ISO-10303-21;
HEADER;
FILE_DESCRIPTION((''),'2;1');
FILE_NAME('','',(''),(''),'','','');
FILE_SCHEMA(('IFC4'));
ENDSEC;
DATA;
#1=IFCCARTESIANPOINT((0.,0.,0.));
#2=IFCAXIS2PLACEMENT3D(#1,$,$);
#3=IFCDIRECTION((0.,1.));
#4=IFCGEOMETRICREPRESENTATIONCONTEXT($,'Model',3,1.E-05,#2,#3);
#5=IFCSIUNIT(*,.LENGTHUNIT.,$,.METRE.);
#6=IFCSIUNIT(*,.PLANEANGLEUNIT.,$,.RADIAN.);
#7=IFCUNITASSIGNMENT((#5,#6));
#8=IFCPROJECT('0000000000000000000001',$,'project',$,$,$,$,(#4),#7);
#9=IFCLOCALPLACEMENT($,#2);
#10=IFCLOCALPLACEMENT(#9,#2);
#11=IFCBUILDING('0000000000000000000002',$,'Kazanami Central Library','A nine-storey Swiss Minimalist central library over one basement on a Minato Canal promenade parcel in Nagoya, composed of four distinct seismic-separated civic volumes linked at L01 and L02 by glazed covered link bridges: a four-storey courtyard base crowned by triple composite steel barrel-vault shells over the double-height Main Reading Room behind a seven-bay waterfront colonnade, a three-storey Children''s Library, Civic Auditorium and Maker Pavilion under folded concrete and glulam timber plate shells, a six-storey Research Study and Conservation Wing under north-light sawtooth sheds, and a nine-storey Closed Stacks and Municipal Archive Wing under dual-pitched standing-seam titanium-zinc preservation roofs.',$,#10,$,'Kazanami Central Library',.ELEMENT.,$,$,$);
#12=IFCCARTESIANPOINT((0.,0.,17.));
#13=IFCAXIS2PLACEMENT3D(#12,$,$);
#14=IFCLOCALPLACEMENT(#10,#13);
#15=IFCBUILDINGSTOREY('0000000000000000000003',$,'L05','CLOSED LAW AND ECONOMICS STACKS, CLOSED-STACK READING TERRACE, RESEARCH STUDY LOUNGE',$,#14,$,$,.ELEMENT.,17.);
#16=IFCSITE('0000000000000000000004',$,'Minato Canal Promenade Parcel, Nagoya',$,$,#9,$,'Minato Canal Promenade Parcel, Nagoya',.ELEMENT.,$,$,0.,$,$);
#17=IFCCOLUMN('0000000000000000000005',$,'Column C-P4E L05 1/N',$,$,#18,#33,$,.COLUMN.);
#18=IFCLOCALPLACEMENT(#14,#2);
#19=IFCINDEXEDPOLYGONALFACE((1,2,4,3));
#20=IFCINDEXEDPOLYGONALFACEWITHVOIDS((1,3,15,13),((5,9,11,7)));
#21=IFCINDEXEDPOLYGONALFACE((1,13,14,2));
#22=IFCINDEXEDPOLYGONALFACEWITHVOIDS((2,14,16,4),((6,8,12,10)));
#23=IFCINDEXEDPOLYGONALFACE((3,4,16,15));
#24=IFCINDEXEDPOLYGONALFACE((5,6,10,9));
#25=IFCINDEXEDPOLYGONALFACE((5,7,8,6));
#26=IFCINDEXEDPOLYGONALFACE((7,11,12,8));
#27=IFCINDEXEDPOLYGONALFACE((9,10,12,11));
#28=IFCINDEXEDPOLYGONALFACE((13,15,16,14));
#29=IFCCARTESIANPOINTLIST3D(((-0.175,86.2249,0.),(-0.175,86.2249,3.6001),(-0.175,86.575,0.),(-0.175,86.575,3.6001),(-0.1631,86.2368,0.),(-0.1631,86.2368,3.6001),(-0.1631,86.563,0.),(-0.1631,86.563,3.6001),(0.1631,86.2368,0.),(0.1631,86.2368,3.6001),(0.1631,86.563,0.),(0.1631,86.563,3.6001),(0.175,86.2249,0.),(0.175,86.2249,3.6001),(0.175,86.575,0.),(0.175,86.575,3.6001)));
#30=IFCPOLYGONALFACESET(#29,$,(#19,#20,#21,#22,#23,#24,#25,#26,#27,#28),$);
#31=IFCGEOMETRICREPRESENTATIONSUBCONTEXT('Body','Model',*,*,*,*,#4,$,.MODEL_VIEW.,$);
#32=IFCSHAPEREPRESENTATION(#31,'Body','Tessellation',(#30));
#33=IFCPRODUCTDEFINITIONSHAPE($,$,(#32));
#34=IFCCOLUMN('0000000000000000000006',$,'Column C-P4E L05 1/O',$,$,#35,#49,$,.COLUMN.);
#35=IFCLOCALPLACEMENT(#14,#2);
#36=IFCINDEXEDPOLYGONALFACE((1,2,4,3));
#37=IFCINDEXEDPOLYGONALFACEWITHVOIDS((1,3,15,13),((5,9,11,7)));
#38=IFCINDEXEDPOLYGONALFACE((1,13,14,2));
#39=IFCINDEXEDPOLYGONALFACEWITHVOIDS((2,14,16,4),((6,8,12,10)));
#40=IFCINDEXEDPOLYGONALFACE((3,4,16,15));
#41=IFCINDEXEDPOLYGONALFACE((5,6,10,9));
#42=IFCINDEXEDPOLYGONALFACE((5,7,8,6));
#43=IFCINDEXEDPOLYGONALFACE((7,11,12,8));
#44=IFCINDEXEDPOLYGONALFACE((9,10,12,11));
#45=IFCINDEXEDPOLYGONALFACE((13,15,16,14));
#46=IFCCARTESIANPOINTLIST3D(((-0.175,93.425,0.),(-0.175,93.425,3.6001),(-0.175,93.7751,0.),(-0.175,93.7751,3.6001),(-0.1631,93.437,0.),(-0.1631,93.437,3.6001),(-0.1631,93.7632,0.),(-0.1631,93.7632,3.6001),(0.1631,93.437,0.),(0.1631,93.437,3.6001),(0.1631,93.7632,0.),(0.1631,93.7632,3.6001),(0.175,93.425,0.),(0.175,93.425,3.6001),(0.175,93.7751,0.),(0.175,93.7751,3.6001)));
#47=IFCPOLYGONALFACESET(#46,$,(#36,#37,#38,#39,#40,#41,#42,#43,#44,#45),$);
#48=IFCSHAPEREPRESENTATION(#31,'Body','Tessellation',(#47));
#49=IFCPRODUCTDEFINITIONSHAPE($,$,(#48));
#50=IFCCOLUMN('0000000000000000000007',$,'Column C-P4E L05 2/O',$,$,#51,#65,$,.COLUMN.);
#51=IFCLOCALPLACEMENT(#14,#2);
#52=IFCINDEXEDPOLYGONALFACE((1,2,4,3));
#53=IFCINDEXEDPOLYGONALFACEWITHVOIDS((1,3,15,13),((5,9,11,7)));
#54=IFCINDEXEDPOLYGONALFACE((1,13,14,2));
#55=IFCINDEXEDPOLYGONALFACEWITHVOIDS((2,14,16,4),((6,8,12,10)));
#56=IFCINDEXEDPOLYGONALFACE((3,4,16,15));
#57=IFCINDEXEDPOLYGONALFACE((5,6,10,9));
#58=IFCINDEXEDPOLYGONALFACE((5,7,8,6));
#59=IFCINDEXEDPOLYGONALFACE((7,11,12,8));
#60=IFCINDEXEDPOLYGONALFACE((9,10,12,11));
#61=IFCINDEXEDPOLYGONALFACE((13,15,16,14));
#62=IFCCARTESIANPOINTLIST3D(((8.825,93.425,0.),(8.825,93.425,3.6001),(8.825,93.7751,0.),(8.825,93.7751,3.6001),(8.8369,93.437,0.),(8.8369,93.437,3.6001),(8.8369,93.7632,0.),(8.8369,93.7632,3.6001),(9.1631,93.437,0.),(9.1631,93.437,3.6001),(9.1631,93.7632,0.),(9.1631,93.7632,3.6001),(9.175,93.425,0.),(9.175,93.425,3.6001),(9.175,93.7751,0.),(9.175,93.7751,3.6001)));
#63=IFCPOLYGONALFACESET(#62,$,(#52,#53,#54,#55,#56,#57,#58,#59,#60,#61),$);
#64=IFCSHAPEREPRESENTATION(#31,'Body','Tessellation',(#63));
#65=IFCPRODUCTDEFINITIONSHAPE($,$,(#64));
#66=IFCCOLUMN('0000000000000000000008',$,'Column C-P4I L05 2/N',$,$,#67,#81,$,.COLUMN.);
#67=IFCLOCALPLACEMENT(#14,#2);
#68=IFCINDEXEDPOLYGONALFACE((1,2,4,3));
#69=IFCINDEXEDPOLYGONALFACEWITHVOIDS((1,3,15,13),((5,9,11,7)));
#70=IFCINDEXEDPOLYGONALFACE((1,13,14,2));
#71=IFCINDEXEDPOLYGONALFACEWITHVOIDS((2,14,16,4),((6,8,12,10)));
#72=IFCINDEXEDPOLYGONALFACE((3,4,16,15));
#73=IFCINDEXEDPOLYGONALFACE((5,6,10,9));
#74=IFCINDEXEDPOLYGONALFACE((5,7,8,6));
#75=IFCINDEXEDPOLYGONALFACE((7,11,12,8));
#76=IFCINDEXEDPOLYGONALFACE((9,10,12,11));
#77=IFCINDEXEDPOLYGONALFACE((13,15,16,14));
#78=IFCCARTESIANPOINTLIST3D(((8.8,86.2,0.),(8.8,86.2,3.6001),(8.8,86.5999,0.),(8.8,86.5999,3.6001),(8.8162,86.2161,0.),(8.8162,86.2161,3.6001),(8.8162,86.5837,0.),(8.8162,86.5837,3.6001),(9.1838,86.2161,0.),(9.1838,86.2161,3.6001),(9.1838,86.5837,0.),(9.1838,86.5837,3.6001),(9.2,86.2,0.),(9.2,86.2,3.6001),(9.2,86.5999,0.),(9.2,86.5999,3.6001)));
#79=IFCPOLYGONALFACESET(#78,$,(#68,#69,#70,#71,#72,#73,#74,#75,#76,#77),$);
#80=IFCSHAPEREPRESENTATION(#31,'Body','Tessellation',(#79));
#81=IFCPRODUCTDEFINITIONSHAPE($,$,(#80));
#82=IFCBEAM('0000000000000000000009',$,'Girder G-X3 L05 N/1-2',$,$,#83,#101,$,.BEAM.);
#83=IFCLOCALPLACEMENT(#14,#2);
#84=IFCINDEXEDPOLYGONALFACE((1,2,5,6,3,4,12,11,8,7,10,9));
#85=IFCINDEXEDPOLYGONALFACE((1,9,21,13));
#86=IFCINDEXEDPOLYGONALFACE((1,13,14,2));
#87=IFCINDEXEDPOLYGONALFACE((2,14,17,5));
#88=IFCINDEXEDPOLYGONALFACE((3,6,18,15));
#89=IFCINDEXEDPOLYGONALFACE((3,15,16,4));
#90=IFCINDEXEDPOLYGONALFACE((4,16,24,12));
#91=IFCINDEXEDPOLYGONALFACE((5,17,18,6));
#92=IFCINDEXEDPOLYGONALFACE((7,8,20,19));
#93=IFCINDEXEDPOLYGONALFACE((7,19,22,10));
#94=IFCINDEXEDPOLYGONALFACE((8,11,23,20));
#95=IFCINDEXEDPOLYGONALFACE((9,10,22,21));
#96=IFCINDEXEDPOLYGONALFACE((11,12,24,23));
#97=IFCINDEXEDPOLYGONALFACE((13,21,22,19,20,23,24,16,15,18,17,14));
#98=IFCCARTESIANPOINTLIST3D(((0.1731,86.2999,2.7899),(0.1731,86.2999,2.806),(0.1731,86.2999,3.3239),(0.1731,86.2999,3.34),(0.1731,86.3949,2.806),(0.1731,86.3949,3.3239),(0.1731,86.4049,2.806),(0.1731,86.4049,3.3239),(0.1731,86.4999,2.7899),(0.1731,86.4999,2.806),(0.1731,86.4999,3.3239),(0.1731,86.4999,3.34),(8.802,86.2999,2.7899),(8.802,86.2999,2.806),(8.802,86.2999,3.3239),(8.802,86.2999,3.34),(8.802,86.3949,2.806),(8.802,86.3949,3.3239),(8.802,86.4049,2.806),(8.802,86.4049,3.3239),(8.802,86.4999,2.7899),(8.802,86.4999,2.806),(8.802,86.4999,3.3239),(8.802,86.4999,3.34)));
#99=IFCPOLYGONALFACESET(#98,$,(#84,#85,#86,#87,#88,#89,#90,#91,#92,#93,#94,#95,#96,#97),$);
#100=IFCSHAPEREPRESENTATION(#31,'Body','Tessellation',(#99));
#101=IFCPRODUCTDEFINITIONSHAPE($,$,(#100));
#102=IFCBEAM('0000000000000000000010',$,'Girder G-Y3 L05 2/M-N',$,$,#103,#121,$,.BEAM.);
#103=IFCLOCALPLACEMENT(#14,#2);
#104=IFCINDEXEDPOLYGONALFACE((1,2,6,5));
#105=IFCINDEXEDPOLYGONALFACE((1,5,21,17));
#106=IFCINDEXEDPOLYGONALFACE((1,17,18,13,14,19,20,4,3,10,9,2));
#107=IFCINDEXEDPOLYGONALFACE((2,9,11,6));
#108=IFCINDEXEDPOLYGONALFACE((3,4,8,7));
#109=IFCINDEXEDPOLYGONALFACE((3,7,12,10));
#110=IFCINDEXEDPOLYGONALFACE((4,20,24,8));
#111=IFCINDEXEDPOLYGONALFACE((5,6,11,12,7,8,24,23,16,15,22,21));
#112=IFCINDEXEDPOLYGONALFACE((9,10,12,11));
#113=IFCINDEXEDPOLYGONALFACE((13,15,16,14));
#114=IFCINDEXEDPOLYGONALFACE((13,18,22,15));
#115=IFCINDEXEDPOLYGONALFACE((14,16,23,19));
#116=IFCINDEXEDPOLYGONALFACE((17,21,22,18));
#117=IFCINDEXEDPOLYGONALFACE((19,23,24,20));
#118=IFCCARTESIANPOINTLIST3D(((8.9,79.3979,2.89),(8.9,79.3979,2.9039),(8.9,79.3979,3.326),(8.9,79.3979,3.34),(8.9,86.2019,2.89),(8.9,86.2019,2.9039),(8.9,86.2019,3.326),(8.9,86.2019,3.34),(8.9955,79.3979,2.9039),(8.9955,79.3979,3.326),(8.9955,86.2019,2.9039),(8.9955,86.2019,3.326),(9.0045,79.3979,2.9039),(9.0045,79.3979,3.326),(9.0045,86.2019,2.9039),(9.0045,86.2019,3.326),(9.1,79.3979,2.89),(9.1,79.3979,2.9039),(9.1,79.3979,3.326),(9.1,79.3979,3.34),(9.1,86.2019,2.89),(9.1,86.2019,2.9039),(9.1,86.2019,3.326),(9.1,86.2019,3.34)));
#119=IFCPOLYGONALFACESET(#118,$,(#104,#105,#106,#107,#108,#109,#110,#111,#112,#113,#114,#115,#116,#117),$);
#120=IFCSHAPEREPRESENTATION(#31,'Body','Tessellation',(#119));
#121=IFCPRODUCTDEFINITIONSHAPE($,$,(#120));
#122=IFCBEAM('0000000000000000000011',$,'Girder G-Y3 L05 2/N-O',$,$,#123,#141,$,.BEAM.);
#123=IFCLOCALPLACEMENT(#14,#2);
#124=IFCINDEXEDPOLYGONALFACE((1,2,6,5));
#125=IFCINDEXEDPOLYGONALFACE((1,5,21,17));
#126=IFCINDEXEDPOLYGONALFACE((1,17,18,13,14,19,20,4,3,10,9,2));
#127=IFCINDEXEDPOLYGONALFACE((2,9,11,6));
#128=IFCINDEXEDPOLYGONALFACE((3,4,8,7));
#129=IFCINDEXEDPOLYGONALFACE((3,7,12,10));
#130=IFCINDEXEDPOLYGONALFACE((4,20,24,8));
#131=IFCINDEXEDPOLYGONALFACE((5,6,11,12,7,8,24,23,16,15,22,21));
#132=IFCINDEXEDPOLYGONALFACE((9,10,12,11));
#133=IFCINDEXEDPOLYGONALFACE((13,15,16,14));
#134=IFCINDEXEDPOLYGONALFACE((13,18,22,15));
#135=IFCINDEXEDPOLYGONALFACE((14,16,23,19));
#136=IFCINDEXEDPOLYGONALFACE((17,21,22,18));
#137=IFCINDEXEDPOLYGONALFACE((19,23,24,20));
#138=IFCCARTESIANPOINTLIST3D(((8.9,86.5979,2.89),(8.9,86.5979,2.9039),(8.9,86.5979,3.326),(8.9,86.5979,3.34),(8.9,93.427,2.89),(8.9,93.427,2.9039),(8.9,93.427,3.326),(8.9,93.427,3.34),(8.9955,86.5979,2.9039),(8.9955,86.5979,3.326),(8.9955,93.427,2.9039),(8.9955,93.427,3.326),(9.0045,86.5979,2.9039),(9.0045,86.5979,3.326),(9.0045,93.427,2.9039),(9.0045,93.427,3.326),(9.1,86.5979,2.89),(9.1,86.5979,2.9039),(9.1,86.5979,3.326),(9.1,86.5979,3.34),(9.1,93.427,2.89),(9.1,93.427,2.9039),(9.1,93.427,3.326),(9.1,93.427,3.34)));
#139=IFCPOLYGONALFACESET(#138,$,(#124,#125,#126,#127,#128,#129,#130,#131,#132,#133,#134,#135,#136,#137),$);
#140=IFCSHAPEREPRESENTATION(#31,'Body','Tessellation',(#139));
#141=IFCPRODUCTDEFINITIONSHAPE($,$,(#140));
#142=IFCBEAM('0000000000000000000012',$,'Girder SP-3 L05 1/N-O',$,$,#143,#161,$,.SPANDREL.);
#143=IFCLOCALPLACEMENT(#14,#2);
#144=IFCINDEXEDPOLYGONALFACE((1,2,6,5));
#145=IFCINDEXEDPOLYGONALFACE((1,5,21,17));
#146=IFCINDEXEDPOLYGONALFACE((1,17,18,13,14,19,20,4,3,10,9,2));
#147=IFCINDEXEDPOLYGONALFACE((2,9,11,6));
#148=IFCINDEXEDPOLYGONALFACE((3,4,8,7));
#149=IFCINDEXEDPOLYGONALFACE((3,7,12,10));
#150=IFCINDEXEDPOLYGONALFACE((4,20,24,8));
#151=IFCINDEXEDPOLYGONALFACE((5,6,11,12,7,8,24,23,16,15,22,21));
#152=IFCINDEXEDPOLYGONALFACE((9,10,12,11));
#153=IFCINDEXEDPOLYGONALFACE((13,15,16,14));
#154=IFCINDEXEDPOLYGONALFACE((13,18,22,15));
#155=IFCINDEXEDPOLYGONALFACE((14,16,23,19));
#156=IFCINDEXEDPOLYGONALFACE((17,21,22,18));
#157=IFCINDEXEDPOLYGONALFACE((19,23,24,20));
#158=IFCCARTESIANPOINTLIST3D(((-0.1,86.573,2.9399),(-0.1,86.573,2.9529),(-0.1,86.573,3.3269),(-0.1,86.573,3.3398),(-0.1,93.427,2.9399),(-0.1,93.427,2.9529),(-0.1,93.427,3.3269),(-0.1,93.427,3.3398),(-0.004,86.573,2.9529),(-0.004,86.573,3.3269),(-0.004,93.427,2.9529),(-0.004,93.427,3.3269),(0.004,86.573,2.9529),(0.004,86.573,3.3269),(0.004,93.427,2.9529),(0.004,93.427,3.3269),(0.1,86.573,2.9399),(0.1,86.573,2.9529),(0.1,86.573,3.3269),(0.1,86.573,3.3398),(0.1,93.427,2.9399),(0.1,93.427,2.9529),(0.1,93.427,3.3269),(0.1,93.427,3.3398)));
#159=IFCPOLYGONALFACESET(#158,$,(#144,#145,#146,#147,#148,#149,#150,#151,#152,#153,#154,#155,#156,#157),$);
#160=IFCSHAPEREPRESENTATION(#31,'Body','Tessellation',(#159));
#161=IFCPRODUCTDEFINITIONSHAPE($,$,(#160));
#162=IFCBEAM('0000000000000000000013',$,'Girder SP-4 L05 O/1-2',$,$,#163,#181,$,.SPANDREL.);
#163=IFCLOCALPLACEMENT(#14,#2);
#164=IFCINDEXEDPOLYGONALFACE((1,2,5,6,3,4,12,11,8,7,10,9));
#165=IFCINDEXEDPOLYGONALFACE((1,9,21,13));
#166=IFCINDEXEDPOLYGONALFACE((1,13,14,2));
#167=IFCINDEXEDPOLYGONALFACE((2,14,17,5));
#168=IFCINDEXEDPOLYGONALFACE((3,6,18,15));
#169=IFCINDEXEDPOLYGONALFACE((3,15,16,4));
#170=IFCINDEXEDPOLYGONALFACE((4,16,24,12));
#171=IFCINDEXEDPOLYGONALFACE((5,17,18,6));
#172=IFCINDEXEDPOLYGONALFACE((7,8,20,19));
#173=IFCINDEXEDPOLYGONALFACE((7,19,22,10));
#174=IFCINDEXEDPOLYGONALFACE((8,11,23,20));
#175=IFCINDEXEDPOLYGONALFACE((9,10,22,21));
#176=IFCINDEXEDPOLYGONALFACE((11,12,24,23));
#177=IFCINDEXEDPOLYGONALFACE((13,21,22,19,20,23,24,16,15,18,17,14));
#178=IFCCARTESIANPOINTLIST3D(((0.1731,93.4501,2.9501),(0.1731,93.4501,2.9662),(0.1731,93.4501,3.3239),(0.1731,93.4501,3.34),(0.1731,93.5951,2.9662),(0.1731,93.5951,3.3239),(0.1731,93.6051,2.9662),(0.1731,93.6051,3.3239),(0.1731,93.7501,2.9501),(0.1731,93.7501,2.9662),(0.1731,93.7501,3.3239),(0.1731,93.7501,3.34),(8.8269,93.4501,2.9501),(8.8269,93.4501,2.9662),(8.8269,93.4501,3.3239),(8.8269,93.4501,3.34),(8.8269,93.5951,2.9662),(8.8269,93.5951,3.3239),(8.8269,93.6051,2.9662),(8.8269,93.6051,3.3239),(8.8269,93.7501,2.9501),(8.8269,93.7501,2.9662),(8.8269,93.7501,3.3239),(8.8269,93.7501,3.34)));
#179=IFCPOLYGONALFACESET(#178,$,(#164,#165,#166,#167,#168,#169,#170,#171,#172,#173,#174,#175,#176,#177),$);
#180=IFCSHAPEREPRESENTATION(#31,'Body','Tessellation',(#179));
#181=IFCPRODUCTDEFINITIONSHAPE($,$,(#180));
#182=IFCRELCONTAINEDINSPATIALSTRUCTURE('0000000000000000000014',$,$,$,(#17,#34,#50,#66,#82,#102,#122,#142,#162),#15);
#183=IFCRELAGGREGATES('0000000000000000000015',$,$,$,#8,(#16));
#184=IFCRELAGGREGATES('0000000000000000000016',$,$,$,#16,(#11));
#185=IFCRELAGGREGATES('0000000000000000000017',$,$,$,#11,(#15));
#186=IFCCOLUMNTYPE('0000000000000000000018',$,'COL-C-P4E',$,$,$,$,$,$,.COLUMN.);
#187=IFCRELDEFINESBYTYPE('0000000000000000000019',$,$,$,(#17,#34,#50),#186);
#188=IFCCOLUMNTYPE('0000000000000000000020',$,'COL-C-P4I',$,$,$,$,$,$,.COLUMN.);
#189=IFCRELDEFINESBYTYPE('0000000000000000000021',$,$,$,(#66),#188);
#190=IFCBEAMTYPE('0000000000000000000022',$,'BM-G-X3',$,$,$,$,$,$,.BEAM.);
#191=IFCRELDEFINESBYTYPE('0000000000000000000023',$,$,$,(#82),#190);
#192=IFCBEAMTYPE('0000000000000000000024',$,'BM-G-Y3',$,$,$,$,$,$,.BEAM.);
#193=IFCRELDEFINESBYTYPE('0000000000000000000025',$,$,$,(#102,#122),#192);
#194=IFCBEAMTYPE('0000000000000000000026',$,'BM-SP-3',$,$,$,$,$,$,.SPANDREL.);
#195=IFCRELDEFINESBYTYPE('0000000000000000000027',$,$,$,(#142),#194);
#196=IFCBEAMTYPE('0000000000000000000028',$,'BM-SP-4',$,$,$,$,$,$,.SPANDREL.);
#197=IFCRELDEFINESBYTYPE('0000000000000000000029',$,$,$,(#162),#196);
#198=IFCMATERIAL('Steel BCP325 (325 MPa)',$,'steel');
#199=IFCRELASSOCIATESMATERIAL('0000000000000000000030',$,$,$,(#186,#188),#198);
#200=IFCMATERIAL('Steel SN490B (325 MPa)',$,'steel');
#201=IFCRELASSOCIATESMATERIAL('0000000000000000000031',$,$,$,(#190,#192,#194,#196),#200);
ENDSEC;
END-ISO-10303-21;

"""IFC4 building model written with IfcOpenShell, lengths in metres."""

from ifc_helpers import new_model, si_unit, direction, frame, origin, origin_2d, place, context, subcontext, project, spatial, hollow_rectangle, i_section, extrude, material, material_profile, profile_set, type_object, element, save


model = new_model("IFC4")

# Units and contexts
model_context = context("Model", 3, precision=1e-05, world=origin(), true_north=direction((0.0, 1.0)))
body_context = subcontext(model_context, "Body", "Model", "MODEL_VIEW")
ifc_project = project(units=[si_unit("LENGTHUNIT", "METRE"), si_unit("PLANEANGLEUNIT", "RADIAN")], contexts=[model_context])

# Site, building, storey
site_placement = place(None, origin())
site = spatial("IfcSite", under=ifc_project, at=site_placement, Name="Minato Canal Promenade Parcel, Nagoya", LongName="Minato Canal Promenade Parcel, Nagoya", CompositionType="ELEMENT", RefElevation=0.0)
building_placement = place(site_placement, origin())
building = spatial("IfcBuilding", under=site, at=building_placement, Name="Kazanami Central Library", Description="A nine-storey Swiss Minimalist central library over one basement on a Minato Canal promenade parcel in Nagoya, composed of four distinct seismic-separated civic volumes linked at L01 and L02 by glazed covered link bridges: a four-storey courtyard base crowned by triple composite steel barrel-vault shells over the double-height Main Reading Room behind a seven-bay waterfront colonnade, a three-storey Children's Library, Civic Auditorium and Maker Pavilion under folded concrete and glulam timber plate shells, a six-storey Research Study and Conservation Wing under north-light sawtooth sheds, and a nine-storey Closed Stacks and Municipal Archive Wing under dual-pitched standing-seam titanium-zinc preservation roofs.", LongName="Kazanami Central Library", CompositionType="ELEMENT")
storey_placement = place(building_placement, frame((0.0, 0.0, 17.0)))
storey = spatial("IfcBuildingStorey", under=building, at=storey_placement, Name="L05", Description="CLOSED LAW AND ECONOMICS STACKS, CLOSED-STACK READING TERRACE, RESEARCH STUDY LOUNGE", CompositionType="ELEMENT", Elevation=17.0)

# Columns
ifc_material_1 = material(Name="Steel BCP325 (325 MPa)", Category="steel")
ifc_material_profile_1 = material_profile(ifc_material_1, hollow_rectangle(XDim=0.3501, YDim=0.3501, WallThickness=0.012, at=origin_2d()), Name="STKR-350x350x12")
ifc_profile_set_1 = profile_set([ifc_material_profile_1], Name="Steel BCP325 (325 MPa)")
column_type_1 = type_object("IfcColumnType", Name="COL-C-P4E", PredefinedType="COLUMN", material=ifc_profile_set_1)
for number, where, z_axis, x_axis, name in (
    (1, (0.0, 86.3999, 0.0), (0.0, 0.0, 1.0), (1.0, 0.0, 0.0), "Column C-P4E L05 1/N"),
    (2, (0.0, 93.6001, 0.0), (0.0, 0.0, 1.0), (1.0, 0.0, 0.0), "Column C-P4E L05 1/O"),
    (3, (9.0, 93.6001, 0.0), (0.0, 0.0, 1.0), (1.0, 0.0, 0.0), "Column C-P4E L05 2/O"),
):
    element("IfcColumn", number, at=place(storey_placement, frame(where, z_axis=z_axis, x_axis=x_axis)), inside=storey, type_object=column_type_1, Name=name, PredefinedType="COLUMN", context=body_context, shape_type="SweptSolid", body=[
        extrude(hollow_rectangle(XDim=0.3501, YDim=0.3501, WallThickness=0.012, at=origin_2d()), origin(), (0.0, 0.0, 1.0), 3.6001),
    ])
ifc_material_profile_2 = material_profile(ifc_material_1, hollow_rectangle(XDim=0.3999, YDim=0.3999, WallThickness=0.0161, at=origin_2d()), Name="BCP-400x400x16")
ifc_profile_set_2 = profile_set([ifc_material_profile_2], Name="Steel BCP325 (325 MPa)")
column_type_2 = type_object("IfcColumnType", Name="COL-C-P4I", PredefinedType="COLUMN", material=ifc_profile_set_2)
column_placement = place(storey_placement, frame((9.0, 86.3999, 0.0), z_axis=(0.0, 0.0, 1.0), x_axis=(1.0, 0.0, 0.0)))
element("IfcColumn", 4, at=column_placement, inside=storey, type_object=column_type_2, Name="Column C-P4I L05 2/N", PredefinedType="COLUMN", context=body_context, shape_type="SweptSolid", body=[
    extrude(hollow_rectangle(XDim=0.3999, YDim=0.3999, WallThickness=0.0161, at=origin_2d()), origin(), (0.0, 0.0, 1.0), 3.6001),
])

# Beams
ifc_material_2 = material(Name="Steel SN490B (325 MPa)", Category="steel")
ifc_material_profile_3 = material_profile(ifc_material_2, i_section(OverallWidth=0.2, OverallDepth=0.55, WebThickness=0.01, FlangeThickness=0.0161, at=origin_2d()), Name="H-550x200x10x16")
ifc_profile_set_3 = profile_set([ifc_material_profile_3], Name="Steel SN490B (325 MPa)")
beam_type_1 = type_object("IfcBeamType", Name="BM-G-X3", PredefinedType="BEAM", material=ifc_profile_set_3)
beam_1_placement = place(storey_placement, frame((0.1731, 86.3999, 3.0649), z_axis=(1.0, 0.0, 0.0), x_axis=(0.0, 1.0, 0.0)))
element("IfcBeam", 5, at=beam_1_placement, inside=storey, type_object=beam_type_1, Name="Girder G-X3 L05 N/1-2", PredefinedType="BEAM", context=body_context, shape_type="SweptSolid", body=[
    extrude(i_section(OverallWidth=0.2, OverallDepth=0.55, WebThickness=0.01, FlangeThickness=0.0161, at=origin_2d()), origin(), (0.0, 0.0, 1.0), 8.6289),
])
ifc_material_profile_4 = material_profile(ifc_material_2, i_section(OverallWidth=0.2, OverallDepth=0.45, WebThickness=0.009, FlangeThickness=0.0139, at=origin_2d()), Name="H-450x200x9x14")
ifc_profile_set_4 = profile_set([ifc_material_profile_4], Name="Steel SN490B (325 MPa)")
beam_type_2 = type_object("IfcBeamType", Name="BM-G-Y3", PredefinedType="BEAM", material=ifc_profile_set_4)
beam_2_placement = place(storey_placement, frame((9.0, 79.3979, 3.115), z_axis=(0.0, 1.0, 0.0), x_axis=(-1.0, 0.0, 0.0)))
element("IfcBeam", 6, at=beam_2_placement, inside=storey, type_object=beam_type_2, Name="Girder G-Y3 L05 2/M-N", PredefinedType="BEAM", context=body_context, shape_type="SweptSolid", body=[
    extrude(i_section(OverallWidth=0.2, OverallDepth=0.45, WebThickness=0.009, FlangeThickness=0.0139, at=origin_2d()), origin(), (0.0, 0.0, 1.0), 6.804),
])
beam_3_placement = place(storey_placement, frame((9.0, 86.5979, 3.115), z_axis=(0.0, 1.0, 0.0), x_axis=(-1.0, 0.0, 0.0)))
element("IfcBeam", 7, at=beam_3_placement, inside=storey, type_object=beam_type_2, Name="Girder G-Y3 L05 2/N-O", PredefinedType="BEAM", context=body_context, shape_type="SweptSolid", body=[
    extrude(i_section(OverallWidth=0.2, OverallDepth=0.45, WebThickness=0.009, FlangeThickness=0.0139, at=origin_2d()), origin(), (0.0, 0.0, 1.0), 6.8291),
])
ifc_material_profile_5 = material_profile(ifc_material_2, i_section(OverallWidth=0.2, OverallDepth=0.3999, WebThickness=0.0081, FlangeThickness=0.0129, at=origin_2d()), Name="H-400x200x8x13")
ifc_profile_set_5 = profile_set([ifc_material_profile_5], Name="Steel SN490B (325 MPa)")
beam_type_3 = type_object("IfcBeamType", Name="BM-SP-3", PredefinedType="SPANDREL", material=ifc_profile_set_5)
beam_4_placement = place(storey_placement, frame((0.0, 86.573, 3.1399), z_axis=(0.0, 1.0, 0.0), x_axis=(-1.0, 0.0, 0.0)))
element("IfcBeam", 8, at=beam_4_placement, inside=storey, type_object=beam_type_3, Name="Girder SP-3 L05 1/N-O", PredefinedType="SPANDREL", context=body_context, shape_type="SweptSolid", body=[
    extrude(i_section(OverallWidth=0.2, OverallDepth=0.3999, WebThickness=0.0081, FlangeThickness=0.0129, at=origin_2d()), origin(), (0.0, 0.0, 1.0), 6.854),
])
ifc_material_profile_6 = material_profile(ifc_material_2, i_section(OverallWidth=0.3, OverallDepth=0.3899, WebThickness=0.01, FlangeThickness=0.0161, at=origin_2d()), Name="H-390x300x10x16")
ifc_profile_set_6 = profile_set([ifc_material_profile_6], Name="Steel SN490B (325 MPa)")
beam_type_4 = type_object("IfcBeamType", Name="BM-SP-4", PredefinedType="SPANDREL", material=ifc_profile_set_6)
beam_5_placement = place(storey_placement, frame((0.1731, 93.6001, 3.145), z_axis=(1.0, 0.0, 0.0), x_axis=(0.0, 1.0, 0.0)))
element("IfcBeam", 9, at=beam_5_placement, inside=storey, type_object=beam_type_4, Name="Girder SP-4 L05 O/1-2", PredefinedType="SPANDREL", context=body_context, shape_type="SweptSolid", body=[
    extrude(i_section(OverallWidth=0.3, OverallDepth=0.3899, WebThickness=0.01, FlangeThickness=0.0161, at=origin_2d()), origin(), (0.0, 0.0, 1.0), 8.6538),
])

save(model, "model.ifc")
